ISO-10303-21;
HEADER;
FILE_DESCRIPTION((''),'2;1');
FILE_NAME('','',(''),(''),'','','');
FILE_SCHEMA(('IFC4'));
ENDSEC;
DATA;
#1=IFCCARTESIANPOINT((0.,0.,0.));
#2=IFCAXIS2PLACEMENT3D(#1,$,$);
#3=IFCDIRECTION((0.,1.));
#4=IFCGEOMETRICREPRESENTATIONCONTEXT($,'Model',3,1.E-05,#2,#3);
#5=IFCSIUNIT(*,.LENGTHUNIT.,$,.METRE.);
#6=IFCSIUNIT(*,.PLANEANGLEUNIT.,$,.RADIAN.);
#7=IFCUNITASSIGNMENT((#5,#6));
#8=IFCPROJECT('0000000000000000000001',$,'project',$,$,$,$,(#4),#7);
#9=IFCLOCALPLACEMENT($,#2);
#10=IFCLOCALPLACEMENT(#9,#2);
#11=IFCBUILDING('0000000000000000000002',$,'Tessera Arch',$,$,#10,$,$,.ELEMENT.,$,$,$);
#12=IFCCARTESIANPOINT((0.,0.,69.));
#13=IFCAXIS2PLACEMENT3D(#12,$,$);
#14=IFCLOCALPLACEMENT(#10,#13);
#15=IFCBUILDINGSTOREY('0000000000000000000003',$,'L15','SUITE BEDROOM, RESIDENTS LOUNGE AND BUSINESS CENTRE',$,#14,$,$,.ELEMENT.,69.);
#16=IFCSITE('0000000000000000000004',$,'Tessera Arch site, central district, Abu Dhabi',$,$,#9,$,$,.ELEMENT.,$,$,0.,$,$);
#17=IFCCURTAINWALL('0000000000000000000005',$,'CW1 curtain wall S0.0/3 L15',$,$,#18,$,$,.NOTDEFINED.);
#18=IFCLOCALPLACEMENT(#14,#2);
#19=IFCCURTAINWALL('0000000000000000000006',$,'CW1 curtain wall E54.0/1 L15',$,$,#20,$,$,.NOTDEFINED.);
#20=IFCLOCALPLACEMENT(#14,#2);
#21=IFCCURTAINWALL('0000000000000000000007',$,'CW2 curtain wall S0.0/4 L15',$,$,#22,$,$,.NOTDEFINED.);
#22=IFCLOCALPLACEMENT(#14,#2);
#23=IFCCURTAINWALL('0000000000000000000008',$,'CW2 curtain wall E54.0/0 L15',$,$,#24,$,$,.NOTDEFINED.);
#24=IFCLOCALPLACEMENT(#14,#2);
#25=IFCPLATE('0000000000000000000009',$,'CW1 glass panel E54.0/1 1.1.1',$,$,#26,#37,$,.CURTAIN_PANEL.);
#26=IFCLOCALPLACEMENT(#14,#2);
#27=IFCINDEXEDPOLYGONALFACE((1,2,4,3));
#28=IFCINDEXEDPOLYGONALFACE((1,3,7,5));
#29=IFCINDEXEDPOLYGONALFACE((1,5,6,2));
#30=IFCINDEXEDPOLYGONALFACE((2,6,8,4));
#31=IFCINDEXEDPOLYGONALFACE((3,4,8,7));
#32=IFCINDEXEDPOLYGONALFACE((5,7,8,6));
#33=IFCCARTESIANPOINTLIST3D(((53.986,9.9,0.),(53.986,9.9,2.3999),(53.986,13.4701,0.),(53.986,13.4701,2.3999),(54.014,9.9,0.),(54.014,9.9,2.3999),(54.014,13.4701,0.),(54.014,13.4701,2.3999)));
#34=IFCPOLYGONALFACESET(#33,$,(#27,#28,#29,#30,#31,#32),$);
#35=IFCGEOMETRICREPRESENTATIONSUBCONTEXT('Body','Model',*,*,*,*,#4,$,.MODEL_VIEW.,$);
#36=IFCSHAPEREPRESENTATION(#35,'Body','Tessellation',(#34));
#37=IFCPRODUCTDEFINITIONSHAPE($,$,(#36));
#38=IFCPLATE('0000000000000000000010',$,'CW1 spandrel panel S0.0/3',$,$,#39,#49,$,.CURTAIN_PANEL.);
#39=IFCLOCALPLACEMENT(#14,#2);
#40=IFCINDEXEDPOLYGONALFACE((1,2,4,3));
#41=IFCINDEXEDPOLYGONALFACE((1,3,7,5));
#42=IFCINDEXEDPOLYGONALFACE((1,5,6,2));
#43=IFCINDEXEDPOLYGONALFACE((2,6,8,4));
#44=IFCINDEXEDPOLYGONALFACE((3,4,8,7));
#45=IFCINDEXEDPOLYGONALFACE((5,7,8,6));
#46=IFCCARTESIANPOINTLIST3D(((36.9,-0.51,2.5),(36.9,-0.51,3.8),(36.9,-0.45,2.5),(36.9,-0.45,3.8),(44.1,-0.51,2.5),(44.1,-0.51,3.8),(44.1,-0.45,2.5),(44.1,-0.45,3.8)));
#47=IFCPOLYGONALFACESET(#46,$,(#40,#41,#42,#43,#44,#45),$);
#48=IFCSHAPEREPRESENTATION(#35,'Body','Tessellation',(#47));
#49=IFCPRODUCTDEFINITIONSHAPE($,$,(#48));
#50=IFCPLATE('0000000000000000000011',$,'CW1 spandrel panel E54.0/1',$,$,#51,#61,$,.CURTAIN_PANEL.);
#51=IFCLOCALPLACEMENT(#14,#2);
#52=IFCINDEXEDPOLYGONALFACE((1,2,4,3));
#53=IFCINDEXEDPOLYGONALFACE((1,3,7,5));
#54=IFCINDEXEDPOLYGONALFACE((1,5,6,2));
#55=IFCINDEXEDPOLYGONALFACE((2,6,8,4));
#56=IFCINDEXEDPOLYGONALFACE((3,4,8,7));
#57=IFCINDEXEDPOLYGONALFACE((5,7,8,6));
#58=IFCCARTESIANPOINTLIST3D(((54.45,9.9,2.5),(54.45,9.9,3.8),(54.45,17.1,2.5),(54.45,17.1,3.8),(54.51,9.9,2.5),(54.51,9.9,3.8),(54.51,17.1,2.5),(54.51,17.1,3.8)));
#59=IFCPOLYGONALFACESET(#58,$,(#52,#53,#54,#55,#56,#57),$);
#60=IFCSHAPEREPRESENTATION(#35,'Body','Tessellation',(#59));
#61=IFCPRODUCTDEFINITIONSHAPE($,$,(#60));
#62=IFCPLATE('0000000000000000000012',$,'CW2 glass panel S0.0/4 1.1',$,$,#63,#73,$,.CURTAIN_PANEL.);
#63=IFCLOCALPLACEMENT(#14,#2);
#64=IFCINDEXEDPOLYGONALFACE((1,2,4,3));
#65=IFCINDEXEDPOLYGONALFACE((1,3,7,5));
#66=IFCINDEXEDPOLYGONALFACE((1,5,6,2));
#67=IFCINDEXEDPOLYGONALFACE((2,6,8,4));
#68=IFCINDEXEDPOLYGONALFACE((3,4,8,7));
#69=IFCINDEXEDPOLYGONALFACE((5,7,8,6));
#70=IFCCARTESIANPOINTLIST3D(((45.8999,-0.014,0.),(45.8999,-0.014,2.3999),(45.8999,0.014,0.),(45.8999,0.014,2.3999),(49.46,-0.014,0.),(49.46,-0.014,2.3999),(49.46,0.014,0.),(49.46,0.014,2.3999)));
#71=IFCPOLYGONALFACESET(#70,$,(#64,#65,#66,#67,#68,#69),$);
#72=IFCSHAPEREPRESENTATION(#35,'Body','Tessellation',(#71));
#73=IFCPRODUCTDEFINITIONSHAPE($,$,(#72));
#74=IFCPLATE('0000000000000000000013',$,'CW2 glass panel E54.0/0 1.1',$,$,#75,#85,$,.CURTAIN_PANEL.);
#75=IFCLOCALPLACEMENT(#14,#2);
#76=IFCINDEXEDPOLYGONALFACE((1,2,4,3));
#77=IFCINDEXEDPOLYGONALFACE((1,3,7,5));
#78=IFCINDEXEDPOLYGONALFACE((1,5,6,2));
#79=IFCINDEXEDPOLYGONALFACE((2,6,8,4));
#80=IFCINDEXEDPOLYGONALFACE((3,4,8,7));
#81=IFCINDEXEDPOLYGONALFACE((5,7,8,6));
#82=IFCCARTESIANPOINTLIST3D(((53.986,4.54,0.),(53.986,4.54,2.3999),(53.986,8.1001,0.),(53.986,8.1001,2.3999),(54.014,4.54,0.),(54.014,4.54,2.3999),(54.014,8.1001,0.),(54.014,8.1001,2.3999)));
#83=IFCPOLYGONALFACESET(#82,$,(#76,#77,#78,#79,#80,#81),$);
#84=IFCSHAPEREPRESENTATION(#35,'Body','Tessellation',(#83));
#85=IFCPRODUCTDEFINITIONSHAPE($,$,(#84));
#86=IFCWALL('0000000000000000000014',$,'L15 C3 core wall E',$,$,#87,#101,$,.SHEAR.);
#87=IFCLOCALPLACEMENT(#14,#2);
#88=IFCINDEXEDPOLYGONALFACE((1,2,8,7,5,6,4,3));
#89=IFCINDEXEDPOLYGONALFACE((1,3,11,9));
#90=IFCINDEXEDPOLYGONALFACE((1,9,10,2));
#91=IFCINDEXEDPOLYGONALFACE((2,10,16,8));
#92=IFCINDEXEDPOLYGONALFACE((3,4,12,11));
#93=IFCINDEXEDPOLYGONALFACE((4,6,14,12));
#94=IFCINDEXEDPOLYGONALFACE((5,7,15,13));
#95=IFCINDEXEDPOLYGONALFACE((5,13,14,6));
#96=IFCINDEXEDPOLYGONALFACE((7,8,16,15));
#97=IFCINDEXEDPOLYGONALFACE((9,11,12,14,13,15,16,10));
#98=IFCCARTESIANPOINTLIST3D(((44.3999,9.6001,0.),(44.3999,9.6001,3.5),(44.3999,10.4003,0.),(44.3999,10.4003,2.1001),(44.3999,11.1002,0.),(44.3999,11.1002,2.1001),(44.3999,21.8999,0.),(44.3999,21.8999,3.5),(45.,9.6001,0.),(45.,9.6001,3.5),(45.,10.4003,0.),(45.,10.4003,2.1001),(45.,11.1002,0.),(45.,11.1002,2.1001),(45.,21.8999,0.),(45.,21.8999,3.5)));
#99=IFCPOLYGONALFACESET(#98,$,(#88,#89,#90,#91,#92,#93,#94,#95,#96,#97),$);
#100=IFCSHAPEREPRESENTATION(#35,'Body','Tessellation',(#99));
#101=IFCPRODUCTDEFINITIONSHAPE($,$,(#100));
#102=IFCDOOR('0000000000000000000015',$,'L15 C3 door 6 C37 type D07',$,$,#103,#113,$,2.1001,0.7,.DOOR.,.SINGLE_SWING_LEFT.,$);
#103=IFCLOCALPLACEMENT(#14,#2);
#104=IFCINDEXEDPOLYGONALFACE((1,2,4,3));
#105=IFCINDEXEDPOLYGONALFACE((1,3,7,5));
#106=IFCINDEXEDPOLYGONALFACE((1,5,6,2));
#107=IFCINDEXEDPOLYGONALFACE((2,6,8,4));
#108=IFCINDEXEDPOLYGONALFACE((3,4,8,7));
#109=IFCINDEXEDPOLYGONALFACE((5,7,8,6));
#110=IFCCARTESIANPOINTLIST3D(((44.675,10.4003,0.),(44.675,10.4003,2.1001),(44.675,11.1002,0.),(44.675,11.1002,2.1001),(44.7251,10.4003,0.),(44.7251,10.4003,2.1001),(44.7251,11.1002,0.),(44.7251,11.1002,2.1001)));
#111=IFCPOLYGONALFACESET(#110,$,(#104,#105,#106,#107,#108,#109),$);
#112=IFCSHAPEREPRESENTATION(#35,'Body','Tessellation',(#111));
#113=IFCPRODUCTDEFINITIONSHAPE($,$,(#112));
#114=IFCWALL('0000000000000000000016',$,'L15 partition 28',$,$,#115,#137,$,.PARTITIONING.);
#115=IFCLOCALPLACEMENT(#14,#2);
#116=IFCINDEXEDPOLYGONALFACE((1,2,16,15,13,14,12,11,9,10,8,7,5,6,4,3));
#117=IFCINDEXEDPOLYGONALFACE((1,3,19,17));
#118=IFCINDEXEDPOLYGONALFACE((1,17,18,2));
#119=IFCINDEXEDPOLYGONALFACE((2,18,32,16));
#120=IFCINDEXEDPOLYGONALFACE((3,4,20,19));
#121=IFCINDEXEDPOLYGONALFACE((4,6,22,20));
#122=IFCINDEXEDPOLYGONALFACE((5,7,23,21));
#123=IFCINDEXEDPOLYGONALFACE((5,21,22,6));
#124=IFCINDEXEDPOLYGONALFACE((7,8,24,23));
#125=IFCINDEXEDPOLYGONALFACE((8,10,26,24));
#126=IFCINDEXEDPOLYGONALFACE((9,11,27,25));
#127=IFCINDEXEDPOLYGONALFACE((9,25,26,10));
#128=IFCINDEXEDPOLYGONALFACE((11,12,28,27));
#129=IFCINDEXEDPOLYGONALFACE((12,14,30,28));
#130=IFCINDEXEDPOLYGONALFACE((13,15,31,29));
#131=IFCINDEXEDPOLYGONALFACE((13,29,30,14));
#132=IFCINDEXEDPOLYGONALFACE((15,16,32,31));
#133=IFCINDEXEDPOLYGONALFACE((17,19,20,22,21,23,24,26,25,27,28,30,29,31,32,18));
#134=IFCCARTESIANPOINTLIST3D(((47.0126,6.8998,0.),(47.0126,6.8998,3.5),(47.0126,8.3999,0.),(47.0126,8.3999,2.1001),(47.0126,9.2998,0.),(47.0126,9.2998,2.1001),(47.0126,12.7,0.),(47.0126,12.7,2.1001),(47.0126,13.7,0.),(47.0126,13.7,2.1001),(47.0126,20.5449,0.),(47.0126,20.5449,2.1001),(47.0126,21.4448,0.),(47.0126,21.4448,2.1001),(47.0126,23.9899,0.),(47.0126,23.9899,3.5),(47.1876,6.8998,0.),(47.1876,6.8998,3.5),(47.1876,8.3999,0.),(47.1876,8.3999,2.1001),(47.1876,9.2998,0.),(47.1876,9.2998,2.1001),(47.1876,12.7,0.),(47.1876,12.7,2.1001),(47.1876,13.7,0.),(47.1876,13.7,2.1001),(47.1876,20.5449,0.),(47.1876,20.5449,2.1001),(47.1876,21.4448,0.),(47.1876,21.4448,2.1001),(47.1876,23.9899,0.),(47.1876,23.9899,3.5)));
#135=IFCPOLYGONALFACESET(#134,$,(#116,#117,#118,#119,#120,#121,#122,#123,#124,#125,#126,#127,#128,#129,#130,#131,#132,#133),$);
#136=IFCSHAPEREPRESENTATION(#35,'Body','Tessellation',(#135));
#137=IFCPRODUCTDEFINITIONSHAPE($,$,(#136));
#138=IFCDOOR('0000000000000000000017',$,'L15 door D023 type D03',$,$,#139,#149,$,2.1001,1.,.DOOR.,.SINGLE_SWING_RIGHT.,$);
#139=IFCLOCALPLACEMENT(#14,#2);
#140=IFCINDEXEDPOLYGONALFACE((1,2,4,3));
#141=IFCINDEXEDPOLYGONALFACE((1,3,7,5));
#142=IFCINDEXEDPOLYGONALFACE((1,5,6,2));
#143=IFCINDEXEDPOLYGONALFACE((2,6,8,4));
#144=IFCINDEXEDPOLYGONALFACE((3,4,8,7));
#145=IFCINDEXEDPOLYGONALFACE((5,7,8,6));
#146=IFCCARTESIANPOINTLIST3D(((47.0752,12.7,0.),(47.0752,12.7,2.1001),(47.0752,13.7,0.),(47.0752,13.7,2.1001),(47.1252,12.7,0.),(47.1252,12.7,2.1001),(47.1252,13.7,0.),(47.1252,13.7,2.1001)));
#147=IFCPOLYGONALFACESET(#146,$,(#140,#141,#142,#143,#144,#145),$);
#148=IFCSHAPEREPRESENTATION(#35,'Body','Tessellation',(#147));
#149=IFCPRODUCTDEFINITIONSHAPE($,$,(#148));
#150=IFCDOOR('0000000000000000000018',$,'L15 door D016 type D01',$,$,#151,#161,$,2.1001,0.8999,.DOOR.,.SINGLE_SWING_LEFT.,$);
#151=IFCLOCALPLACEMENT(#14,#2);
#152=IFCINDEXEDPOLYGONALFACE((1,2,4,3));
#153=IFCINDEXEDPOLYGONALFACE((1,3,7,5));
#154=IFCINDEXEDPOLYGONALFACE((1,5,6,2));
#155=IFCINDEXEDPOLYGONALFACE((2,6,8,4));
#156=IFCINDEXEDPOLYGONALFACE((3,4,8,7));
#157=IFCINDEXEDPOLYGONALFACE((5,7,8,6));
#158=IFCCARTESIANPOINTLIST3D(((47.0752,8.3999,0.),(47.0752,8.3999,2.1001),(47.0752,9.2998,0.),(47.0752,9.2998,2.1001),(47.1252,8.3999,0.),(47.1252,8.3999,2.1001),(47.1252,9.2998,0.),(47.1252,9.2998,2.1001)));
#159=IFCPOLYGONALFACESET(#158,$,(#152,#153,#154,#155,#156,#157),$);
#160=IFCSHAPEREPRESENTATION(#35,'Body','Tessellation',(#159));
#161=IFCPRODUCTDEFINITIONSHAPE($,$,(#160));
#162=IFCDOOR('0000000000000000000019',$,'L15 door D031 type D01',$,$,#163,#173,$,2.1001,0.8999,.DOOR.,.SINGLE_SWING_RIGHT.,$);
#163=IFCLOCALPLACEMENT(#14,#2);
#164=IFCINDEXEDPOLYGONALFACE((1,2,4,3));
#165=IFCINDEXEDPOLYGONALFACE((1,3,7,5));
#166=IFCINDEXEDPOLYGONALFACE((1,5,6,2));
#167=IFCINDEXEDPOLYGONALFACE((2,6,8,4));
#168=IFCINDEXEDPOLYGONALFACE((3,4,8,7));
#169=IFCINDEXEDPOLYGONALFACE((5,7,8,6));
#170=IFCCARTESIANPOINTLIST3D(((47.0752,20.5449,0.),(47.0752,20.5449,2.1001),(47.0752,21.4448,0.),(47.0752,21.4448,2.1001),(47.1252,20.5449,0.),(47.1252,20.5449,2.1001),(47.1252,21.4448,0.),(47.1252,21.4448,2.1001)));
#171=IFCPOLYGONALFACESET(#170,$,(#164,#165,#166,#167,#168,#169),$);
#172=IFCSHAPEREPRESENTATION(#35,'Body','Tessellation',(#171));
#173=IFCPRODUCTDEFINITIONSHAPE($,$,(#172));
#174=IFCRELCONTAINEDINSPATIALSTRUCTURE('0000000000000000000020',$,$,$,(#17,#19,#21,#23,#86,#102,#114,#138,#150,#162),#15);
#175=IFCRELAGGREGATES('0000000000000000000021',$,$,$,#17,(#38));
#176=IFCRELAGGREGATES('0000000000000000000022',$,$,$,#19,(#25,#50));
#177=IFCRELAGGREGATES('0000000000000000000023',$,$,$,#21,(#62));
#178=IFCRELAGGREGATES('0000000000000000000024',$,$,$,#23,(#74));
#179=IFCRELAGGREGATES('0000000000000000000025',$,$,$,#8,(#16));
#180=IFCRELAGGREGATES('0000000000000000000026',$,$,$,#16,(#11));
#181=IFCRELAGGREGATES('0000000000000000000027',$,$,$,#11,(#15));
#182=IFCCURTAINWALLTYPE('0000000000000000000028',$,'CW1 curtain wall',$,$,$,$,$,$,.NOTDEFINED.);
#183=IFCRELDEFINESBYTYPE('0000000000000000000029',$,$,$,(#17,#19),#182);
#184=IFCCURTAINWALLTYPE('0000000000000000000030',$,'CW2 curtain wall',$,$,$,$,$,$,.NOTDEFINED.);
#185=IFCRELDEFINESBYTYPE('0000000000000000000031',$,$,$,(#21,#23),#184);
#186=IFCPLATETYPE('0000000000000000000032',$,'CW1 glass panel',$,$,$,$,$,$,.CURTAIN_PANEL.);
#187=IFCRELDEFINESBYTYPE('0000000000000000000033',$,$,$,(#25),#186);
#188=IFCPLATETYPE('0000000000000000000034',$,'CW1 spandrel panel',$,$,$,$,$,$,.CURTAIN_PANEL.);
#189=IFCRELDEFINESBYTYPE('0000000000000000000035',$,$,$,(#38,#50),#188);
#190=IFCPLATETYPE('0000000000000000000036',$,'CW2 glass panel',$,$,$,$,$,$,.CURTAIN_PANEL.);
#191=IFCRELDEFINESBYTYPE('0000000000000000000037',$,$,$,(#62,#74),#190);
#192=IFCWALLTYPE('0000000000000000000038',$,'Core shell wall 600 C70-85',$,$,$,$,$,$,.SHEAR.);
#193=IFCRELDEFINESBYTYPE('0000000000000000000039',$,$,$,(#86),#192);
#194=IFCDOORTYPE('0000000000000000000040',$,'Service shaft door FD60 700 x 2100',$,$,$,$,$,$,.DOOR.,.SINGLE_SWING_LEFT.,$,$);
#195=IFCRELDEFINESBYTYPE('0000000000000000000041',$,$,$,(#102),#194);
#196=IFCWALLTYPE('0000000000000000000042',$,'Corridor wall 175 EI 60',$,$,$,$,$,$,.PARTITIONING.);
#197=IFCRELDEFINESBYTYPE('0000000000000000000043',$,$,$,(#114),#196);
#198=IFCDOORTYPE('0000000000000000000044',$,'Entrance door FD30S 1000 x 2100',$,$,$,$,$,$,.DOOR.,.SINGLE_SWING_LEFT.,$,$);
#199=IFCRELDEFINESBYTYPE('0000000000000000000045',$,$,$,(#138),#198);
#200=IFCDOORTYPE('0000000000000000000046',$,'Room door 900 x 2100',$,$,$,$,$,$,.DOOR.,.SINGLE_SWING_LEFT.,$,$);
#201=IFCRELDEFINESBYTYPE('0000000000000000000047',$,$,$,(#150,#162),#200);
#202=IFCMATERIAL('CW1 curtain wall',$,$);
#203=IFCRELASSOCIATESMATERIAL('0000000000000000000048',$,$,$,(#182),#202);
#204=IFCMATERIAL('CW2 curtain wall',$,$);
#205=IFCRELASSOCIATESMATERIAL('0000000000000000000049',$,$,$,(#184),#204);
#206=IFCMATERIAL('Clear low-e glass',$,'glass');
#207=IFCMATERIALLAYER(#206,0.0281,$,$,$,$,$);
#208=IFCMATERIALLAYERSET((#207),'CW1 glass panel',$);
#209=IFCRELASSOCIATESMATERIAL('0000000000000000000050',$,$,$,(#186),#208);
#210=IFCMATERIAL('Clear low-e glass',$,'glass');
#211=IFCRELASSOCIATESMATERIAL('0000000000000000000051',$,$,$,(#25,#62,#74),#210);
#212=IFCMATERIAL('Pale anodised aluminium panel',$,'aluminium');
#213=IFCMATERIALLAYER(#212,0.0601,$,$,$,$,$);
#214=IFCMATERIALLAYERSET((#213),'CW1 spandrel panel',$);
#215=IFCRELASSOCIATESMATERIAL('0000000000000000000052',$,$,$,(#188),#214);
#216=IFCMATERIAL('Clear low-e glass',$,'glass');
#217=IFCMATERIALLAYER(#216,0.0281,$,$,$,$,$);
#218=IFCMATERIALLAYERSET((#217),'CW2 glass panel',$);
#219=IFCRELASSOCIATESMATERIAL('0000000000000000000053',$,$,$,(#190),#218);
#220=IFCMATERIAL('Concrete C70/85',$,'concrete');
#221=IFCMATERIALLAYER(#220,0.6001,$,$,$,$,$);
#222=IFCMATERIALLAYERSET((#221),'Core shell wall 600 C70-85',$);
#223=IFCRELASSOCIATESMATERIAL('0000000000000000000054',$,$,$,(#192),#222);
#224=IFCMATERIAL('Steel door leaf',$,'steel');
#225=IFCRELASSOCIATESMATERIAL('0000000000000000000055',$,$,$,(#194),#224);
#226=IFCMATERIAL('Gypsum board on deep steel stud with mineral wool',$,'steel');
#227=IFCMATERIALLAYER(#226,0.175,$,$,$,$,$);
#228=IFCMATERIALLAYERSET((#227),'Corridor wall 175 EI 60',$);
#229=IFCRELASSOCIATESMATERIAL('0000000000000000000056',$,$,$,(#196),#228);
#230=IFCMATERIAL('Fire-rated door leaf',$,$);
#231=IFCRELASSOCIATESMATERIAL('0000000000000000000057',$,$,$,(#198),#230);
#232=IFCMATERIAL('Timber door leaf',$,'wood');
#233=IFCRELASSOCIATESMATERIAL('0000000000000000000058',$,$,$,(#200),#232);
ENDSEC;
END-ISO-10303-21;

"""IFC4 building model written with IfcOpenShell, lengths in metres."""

from ifc_helpers import new_model, si_unit, direction, frame, frame_2d, origin, origin_2d, place, context, subcontext, project, spatial, rectangle, extrude, material, layer, layer_set, type_object, element, fill, aggregate, save


model = new_model("IFC4")

# Units and contexts
model_context = context("Model", 3, precision=1e-05, world=origin(), true_north=direction((0.0, 1.0)))
body_context = subcontext(model_context, "Body", "Model", "MODEL_VIEW")
ifc_project = project(units=[si_unit("LENGTHUNIT", "METRE"), si_unit("PLANEANGLEUNIT", "RADIAN")], contexts=[model_context])

# Site, building, storey
site_placement = place(None, origin())
site = spatial("IfcSite", under=ifc_project, at=site_placement, Name="Tessera Arch site, central district, Abu Dhabi", CompositionType="ELEMENT", RefElevation=0.0)
building_placement = place(site_placement, origin())
building = spatial("IfcBuilding", under=site, at=building_placement, Name="Tessera Arch", CompositionType="ELEMENT")
storey_placement = place(building_placement, frame((0.0, 0.0, 69.0)))
storey = spatial("IfcBuildingStorey", under=building, at=storey_placement, Name="L15", Description="SUITE BEDROOM, RESIDENTS LOUNGE AND BUSINESS CENTRE", CompositionType="ELEMENT", Elevation=69.0)

# Curtain wall
ifc_material_1 = material(Name="CW1 curtain wall")
curtain_wall_type_1 = type_object("IfcCurtainWallType", Name="CW1 curtain wall", PredefinedType="NOTDEFINED", material=ifc_material_1)
curtain_wall_1_placement = place(storey_placement, origin())
curtain_wall_1 = element("IfcCurtainWall", 1, at=curtain_wall_1_placement, inside=storey, type_object=curtain_wall_type_1, Name="CW1 curtain wall S0.0/3 L15", PredefinedType="NOTDEFINED")

# Curtain wall
curtain_wall_2_placement = place(storey_placement, origin())
curtain_wall_2 = element("IfcCurtainWall", 2, at=curtain_wall_2_placement, inside=storey, type_object=curtain_wall_type_1, Name="CW1 curtain wall E54.0/1 L15", PredefinedType="NOTDEFINED")

# Curtain walls
ifc_material_2 = material(Name="CW2 curtain wall")
curtain_wall_type_2 = type_object("IfcCurtainWallType", Name="CW2 curtain wall", PredefinedType="NOTDEFINED", material=ifc_material_2)
curtain_wall_3_placement = place(storey_placement, origin())
curtain_wall_3 = element("IfcCurtainWall", 3, at=curtain_wall_3_placement, inside=storey, type_object=curtain_wall_type_2, Name="CW2 curtain wall S0.0/4 L15", PredefinedType="NOTDEFINED")
curtain_wall_4_placement = place(storey_placement, origin())
curtain_wall_4 = element("IfcCurtainWall", 4, at=curtain_wall_4_placement, inside=storey, type_object=curtain_wall_type_2, Name="CW2 curtain wall E54.0/0 L15", PredefinedType="NOTDEFINED")

# Plates
ifc_material_3 = material(Name="Clear low-e glass", Category="glass")
ifc_material_4 = material(Name="Clear low-e glass", Category="glass")
ifc_layer_1 = layer(ifc_material_4, 0.0281)
ifc_layer_set_1 = layer_set([ifc_layer_1], Name="CW1 glass panel")
plate_type_1 = type_object("IfcPlateType", Name="CW1 glass panel", PredefinedType="CURTAIN_PANEL", material=ifc_layer_set_1)
plate_1_placement = place(storey_placement, frame((54.0, 11.6851, 0.0), z_axis=(0.0, 0.0, 1.0), x_axis=(0.0, 1.0, 0.0)))
plate_1 = element("IfcPlate", 5, at=plate_1_placement, type_object=plate_type_1, material=ifc_material_3, Name="CW1 glass panel E54.0/1 1.1.1", PredefinedType="CURTAIN_PANEL", context=body_context, shape_type="SweptSolid", body=[
    extrude(rectangle(XDim=3.5701, YDim=0.0281, at=origin_2d()), origin(), (0.0, 0.0, 1.0), 2.3999),
])
ifc_material_5 = material(Name="Pale anodised aluminium panel", Category="aluminium")
ifc_layer_2 = layer(ifc_material_5, 0.0601)
ifc_layer_set_2 = layer_set([ifc_layer_2], Name="CW1 spandrel panel")
plate_type_2 = type_object("IfcPlateType", Name="CW1 spandrel panel", PredefinedType="CURTAIN_PANEL", material=ifc_layer_set_2)
plate_2_placement = place(storey_placement, frame((40.5, -0.48, 2.5), z_axis=(0.0, 0.0, 1.0), x_axis=(1.0, 0.0, 0.0)))
plate_2 = element("IfcPlate", 6, at=plate_2_placement, type_object=plate_type_2, Name="CW1 spandrel panel S0.0/3", PredefinedType="CURTAIN_PANEL", context=body_context, shape_type="SweptSolid", body=[
    extrude(rectangle(XDim=7.2, YDim=0.0601, at=origin_2d()), origin(), (0.0, 0.0, 1.0), 1.3),
])
aggregate(curtain_wall_1, [plate_2])
plate_3_placement = place(storey_placement, frame((54.48, 13.5, 2.5), z_axis=(0.0, 0.0, 1.0), x_axis=(0.0, 1.0, 0.0)))
plate_3 = element("IfcPlate", 7, at=plate_3_placement, type_object=plate_type_2, Name="CW1 spandrel panel E54.0/1", PredefinedType="CURTAIN_PANEL", context=body_context, shape_type="SweptSolid", body=[
    extrude(rectangle(XDim=7.2, YDim=0.0601, at=origin_2d()), origin(), (0.0, 0.0, 1.0), 1.3),
])
aggregate(curtain_wall_2, [plate_1, plate_3])
ifc_material_6 = material(Name="Clear low-e glass", Category="glass")
ifc_layer_3 = layer(ifc_material_6, 0.0281)
ifc_layer_set_3 = layer_set([ifc_layer_3], Name="CW2 glass panel")
plate_type_3 = type_object("IfcPlateType", Name="CW2 glass panel", PredefinedType="CURTAIN_PANEL", material=ifc_layer_set_3)
plate_4_placement = place(storey_placement, frame((47.6799, 0.0, 0.0), z_axis=(0.0, 0.0, 1.0), x_axis=(1.0, 0.0, 0.0)))
plate_4 = element("IfcPlate", 8, at=plate_4_placement, type_object=plate_type_3, material=ifc_material_3, Name="CW2 glass panel S0.0/4 1.1", PredefinedType="CURTAIN_PANEL", context=body_context, shape_type="SweptSolid", body=[
    extrude(rectangle(XDim=3.5601, YDim=0.0281, at=origin_2d()), origin(), (0.0, 0.0, 1.0), 2.3999),
])
aggregate(curtain_wall_3, [plate_4])
plate_5_placement = place(storey_placement, frame((54.0, 6.3201, 0.0), z_axis=(0.0, 0.0, 1.0), x_axis=(0.0, 1.0, 0.0)))
plate_5 = element("IfcPlate", 9, at=plate_5_placement, type_object=plate_type_3, material=ifc_material_3, Name="CW2 glass panel E54.0/0 1.1", PredefinedType="CURTAIN_PANEL", context=body_context, shape_type="SweptSolid", body=[
    extrude(rectangle(XDim=3.5601, YDim=0.0281, at=origin_2d()), origin(), (0.0, 0.0, 1.0), 2.3999),
])
aggregate(curtain_wall_4, [plate_5])

# Wall, opening, door
ifc_material_7 = material(Name="Concrete C70/85", Category="concrete")
ifc_layer_4 = layer(ifc_material_7, 0.6001)
ifc_layer_set_4 = layer_set([ifc_layer_4], Name="Core shell wall 600 C70-85")
wall_type_1 = type_object("IfcWallType", Name="Core shell wall 600 C70-85", PredefinedType="SHEAR", material=ifc_layer_set_4)
wall_1_placement = place(storey_placement, frame((44.7, 9.6001, 0.0), z_axis=(0.0, 0.0, 1.0), x_axis=(0.0, 1.0, 0.0)))
wall_1 = element("IfcWall", 10, at=wall_1_placement, inside=storey, type_object=wall_type_1, Name="L15 C3 core wall E", PredefinedType="SHEAR", context=body_context, shape_type="SweptSolid", body=[
    extrude(rectangle(XDim=12.2998, YDim=0.6001, at=frame_2d((6.1499, 0.0))), origin(), (0.0, 0.0, 1.0), 3.5),
])
opening_1_placement = place(wall_1_placement, frame((0.8, 0.0, 0.0)))
opening_1 = element("IfcOpeningElement", 11, at=opening_1_placement, cuts=wall_1, PredefinedType="OPENING", context=body_context, shape_type="SweptSolid", body=[
    extrude(rectangle(XDim=0.7, YDim=2.1001, at=frame_2d((0.3501, 1.05))), frame((0.0, 0.3101, 0.0), z_axis=(0.0, -1.0, 0.0), x_axis=(1.0, 0.0, 0.0)), (0.0, 0.0, 1.0), 0.6201),
])
ifc_material_8 = material(Name="Steel door leaf", Category="steel")
door_type_1 = type_object("IfcDoorType", Name="Service shaft door FD60 700 x 2100", OperationType="SINGLE_SWING_LEFT", PredefinedType="DOOR", material=ifc_material_8)
door_1_placement = place(opening_1_placement, origin())
door_1 = element("IfcDoor", 12, at=door_1_placement, inside=storey, type_object=door_type_1, Name="L15 C3 door 6 C37 type D07", OperationType="SINGLE_SWING_LEFT", OverallHeight=2.1001, OverallWidth=0.7, PredefinedType="DOOR", context=body_context, shape_type="SweptSolid", body=[
    extrude(rectangle(XDim=0.7, YDim=2.1001, at=frame_2d((0.3501, 1.05))), frame((0.0, 0.0249, 0.0), z_axis=(0.0, -1.0, 0.0), x_axis=(1.0, 0.0, 0.0)), (0.0, 0.0, 1.0), 0.05),
])
fill(opening_1, door_1)

# Wall, openings, doors
ifc_material_9 = material(Name="Gypsum board on deep steel stud with mineral wool", Category="steel")
ifc_layer_5 = layer(ifc_material_9, 0.175)
ifc_layer_set_5 = layer_set([ifc_layer_5], Name="Corridor wall 175 EI 60")
wall_type_2 = type_object("IfcWallType", Name="Corridor wall 175 EI 60", PredefinedType="PARTITIONING", material=ifc_layer_set_5)
wall_2_placement = place(storey_placement, frame((47.1001, 6.8999, 0.0), z_axis=(0.0, 0.0, 1.0), x_axis=(0.0, 1.0, 0.0)))
wall_2 = element("IfcWall", 13, at=wall_2_placement, inside=storey, type_object=wall_type_2, Name="L15 partition 28", PredefinedType="PARTITIONING", context=body_context, shape_type="SweptSolid", body=[
    extrude(rectangle(XDim=17.0901, YDim=0.175, at=frame_2d((8.5449, 0.0))), origin(), (0.0, 0.0, 1.0), 3.5),
])
opening_2_placement = place(wall_2_placement, frame((1.5, 0.0, 0.0)))
opening_2 = element("IfcOpeningElement", 14, at=opening_2_placement, cuts=wall_2, PredefinedType="OPENING", context=body_context, shape_type="SweptSolid", body=[
    extrude(rectangle(XDim=0.8999, YDim=2.1001, at=frame_2d((0.45, 1.05))), frame((0.0, 0.0974, 0.0), z_axis=(0.0, -1.0, 0.0), x_axis=(1.0, 0.0, 0.0)), (0.0, 0.0, 1.0), 0.1951),
])
opening_3_placement = place(wall_2_placement, frame((5.8, 0.0, 0.0)))
opening_3 = element("IfcOpeningElement", 15, at=opening_3_placement, cuts=wall_2, PredefinedType="OPENING", context=body_context, shape_type="SweptSolid", body=[
    extrude(rectangle(XDim=1.0, YDim=2.1001, at=frame_2d((0.5, 1.05))), frame((0.0, 0.0974, 0.0), z_axis=(0.0, -1.0, 0.0), x_axis=(1.0, 0.0, 0.0)), (0.0, 0.0, 1.0), 0.1951),
])
opening_4_placement = place(wall_2_placement, frame((13.645, 0.0, 0.0)))
opening_4 = element("IfcOpeningElement", 16, at=opening_4_placement, cuts=wall_2, PredefinedType="OPENING", context=body_context, shape_type="SweptSolid", body=[
    extrude(rectangle(XDim=0.8999, YDim=2.1001, at=frame_2d((0.45, 1.05))), frame((0.0, 0.0974, 0.0), z_axis=(0.0, -1.0, 0.0), x_axis=(1.0, 0.0, 0.0)), (0.0, 0.0, 1.0), 0.1951),
])
ifc_material_10 = material(Name="Fire-rated door leaf")
door_type_2 = type_object("IfcDoorType", Name="Entrance door FD30S 1000 x 2100", OperationType="SINGLE_SWING_LEFT", PredefinedType="DOOR", material=ifc_material_10)
door_2_placement = place(opening_3_placement, origin())
door_2 = element("IfcDoor", 17, at=door_2_placement, inside=storey, type_object=door_type_2, Name="L15 door D023 type D03", OperationType="SINGLE_SWING_RIGHT", OverallHeight=2.1001, OverallWidth=1.0, PredefinedType="DOOR", context=body_context, shape_type="SweptSolid", body=[
    extrude(rectangle(XDim=1.0, YDim=2.1001, at=frame_2d((0.5, 1.05))), frame((0.0, 0.0249, 0.0), z_axis=(0.0, -1.0, 0.0), x_axis=(1.0, 0.0, 0.0)), (0.0, 0.0, 1.0), 0.05),
])
fill(opening_3, door_2)
ifc_material_11 = material(Name="Timber door leaf", Category="wood")
door_type_3 = type_object("IfcDoorType", Name="Room door 900 x 2100", OperationType="SINGLE_SWING_LEFT", PredefinedType="DOOR", material=ifc_material_11)
door_3_placement = place(opening_2_placement, origin())
door_3 = element("IfcDoor", 18, at=door_3_placement, inside=storey, type_object=door_type_3, Name="L15 door D016 type D01", OperationType="SINGLE_SWING_LEFT", OverallHeight=2.1001, OverallWidth=0.8999, PredefinedType="DOOR", context=body_context, shape_type="SweptSolid", body=[
    extrude(rectangle(XDim=0.8999, YDim=2.1001, at=frame_2d((0.45, 1.05))), frame((0.0, 0.0249, 0.0), z_axis=(0.0, -1.0, 0.0), x_axis=(1.0, 0.0, 0.0)), (0.0, 0.0, 1.0), 0.05),
])
fill(opening_2, door_3)
door_4_placement = place(opening_4_placement, origin())
door_4 = element("IfcDoor", 19, at=door_4_placement, inside=storey, type_object=door_type_3, Name="L15 door D031 type D01", OperationType="SINGLE_SWING_RIGHT", OverallHeight=2.1001, OverallWidth=0.8999, PredefinedType="DOOR", context=body_context, shape_type="SweptSolid", body=[
    extrude(rectangle(XDim=0.8999, YDim=2.1001, at=frame_2d((0.45, 1.05))), frame((0.0, 0.0249, 0.0), z_axis=(0.0, -1.0, 0.0), x_axis=(1.0, 0.0, 0.0)), (0.0, 0.0, 1.0), 0.05),
])
fill(opening_4, door_4)

save(model, "model.ifc")
